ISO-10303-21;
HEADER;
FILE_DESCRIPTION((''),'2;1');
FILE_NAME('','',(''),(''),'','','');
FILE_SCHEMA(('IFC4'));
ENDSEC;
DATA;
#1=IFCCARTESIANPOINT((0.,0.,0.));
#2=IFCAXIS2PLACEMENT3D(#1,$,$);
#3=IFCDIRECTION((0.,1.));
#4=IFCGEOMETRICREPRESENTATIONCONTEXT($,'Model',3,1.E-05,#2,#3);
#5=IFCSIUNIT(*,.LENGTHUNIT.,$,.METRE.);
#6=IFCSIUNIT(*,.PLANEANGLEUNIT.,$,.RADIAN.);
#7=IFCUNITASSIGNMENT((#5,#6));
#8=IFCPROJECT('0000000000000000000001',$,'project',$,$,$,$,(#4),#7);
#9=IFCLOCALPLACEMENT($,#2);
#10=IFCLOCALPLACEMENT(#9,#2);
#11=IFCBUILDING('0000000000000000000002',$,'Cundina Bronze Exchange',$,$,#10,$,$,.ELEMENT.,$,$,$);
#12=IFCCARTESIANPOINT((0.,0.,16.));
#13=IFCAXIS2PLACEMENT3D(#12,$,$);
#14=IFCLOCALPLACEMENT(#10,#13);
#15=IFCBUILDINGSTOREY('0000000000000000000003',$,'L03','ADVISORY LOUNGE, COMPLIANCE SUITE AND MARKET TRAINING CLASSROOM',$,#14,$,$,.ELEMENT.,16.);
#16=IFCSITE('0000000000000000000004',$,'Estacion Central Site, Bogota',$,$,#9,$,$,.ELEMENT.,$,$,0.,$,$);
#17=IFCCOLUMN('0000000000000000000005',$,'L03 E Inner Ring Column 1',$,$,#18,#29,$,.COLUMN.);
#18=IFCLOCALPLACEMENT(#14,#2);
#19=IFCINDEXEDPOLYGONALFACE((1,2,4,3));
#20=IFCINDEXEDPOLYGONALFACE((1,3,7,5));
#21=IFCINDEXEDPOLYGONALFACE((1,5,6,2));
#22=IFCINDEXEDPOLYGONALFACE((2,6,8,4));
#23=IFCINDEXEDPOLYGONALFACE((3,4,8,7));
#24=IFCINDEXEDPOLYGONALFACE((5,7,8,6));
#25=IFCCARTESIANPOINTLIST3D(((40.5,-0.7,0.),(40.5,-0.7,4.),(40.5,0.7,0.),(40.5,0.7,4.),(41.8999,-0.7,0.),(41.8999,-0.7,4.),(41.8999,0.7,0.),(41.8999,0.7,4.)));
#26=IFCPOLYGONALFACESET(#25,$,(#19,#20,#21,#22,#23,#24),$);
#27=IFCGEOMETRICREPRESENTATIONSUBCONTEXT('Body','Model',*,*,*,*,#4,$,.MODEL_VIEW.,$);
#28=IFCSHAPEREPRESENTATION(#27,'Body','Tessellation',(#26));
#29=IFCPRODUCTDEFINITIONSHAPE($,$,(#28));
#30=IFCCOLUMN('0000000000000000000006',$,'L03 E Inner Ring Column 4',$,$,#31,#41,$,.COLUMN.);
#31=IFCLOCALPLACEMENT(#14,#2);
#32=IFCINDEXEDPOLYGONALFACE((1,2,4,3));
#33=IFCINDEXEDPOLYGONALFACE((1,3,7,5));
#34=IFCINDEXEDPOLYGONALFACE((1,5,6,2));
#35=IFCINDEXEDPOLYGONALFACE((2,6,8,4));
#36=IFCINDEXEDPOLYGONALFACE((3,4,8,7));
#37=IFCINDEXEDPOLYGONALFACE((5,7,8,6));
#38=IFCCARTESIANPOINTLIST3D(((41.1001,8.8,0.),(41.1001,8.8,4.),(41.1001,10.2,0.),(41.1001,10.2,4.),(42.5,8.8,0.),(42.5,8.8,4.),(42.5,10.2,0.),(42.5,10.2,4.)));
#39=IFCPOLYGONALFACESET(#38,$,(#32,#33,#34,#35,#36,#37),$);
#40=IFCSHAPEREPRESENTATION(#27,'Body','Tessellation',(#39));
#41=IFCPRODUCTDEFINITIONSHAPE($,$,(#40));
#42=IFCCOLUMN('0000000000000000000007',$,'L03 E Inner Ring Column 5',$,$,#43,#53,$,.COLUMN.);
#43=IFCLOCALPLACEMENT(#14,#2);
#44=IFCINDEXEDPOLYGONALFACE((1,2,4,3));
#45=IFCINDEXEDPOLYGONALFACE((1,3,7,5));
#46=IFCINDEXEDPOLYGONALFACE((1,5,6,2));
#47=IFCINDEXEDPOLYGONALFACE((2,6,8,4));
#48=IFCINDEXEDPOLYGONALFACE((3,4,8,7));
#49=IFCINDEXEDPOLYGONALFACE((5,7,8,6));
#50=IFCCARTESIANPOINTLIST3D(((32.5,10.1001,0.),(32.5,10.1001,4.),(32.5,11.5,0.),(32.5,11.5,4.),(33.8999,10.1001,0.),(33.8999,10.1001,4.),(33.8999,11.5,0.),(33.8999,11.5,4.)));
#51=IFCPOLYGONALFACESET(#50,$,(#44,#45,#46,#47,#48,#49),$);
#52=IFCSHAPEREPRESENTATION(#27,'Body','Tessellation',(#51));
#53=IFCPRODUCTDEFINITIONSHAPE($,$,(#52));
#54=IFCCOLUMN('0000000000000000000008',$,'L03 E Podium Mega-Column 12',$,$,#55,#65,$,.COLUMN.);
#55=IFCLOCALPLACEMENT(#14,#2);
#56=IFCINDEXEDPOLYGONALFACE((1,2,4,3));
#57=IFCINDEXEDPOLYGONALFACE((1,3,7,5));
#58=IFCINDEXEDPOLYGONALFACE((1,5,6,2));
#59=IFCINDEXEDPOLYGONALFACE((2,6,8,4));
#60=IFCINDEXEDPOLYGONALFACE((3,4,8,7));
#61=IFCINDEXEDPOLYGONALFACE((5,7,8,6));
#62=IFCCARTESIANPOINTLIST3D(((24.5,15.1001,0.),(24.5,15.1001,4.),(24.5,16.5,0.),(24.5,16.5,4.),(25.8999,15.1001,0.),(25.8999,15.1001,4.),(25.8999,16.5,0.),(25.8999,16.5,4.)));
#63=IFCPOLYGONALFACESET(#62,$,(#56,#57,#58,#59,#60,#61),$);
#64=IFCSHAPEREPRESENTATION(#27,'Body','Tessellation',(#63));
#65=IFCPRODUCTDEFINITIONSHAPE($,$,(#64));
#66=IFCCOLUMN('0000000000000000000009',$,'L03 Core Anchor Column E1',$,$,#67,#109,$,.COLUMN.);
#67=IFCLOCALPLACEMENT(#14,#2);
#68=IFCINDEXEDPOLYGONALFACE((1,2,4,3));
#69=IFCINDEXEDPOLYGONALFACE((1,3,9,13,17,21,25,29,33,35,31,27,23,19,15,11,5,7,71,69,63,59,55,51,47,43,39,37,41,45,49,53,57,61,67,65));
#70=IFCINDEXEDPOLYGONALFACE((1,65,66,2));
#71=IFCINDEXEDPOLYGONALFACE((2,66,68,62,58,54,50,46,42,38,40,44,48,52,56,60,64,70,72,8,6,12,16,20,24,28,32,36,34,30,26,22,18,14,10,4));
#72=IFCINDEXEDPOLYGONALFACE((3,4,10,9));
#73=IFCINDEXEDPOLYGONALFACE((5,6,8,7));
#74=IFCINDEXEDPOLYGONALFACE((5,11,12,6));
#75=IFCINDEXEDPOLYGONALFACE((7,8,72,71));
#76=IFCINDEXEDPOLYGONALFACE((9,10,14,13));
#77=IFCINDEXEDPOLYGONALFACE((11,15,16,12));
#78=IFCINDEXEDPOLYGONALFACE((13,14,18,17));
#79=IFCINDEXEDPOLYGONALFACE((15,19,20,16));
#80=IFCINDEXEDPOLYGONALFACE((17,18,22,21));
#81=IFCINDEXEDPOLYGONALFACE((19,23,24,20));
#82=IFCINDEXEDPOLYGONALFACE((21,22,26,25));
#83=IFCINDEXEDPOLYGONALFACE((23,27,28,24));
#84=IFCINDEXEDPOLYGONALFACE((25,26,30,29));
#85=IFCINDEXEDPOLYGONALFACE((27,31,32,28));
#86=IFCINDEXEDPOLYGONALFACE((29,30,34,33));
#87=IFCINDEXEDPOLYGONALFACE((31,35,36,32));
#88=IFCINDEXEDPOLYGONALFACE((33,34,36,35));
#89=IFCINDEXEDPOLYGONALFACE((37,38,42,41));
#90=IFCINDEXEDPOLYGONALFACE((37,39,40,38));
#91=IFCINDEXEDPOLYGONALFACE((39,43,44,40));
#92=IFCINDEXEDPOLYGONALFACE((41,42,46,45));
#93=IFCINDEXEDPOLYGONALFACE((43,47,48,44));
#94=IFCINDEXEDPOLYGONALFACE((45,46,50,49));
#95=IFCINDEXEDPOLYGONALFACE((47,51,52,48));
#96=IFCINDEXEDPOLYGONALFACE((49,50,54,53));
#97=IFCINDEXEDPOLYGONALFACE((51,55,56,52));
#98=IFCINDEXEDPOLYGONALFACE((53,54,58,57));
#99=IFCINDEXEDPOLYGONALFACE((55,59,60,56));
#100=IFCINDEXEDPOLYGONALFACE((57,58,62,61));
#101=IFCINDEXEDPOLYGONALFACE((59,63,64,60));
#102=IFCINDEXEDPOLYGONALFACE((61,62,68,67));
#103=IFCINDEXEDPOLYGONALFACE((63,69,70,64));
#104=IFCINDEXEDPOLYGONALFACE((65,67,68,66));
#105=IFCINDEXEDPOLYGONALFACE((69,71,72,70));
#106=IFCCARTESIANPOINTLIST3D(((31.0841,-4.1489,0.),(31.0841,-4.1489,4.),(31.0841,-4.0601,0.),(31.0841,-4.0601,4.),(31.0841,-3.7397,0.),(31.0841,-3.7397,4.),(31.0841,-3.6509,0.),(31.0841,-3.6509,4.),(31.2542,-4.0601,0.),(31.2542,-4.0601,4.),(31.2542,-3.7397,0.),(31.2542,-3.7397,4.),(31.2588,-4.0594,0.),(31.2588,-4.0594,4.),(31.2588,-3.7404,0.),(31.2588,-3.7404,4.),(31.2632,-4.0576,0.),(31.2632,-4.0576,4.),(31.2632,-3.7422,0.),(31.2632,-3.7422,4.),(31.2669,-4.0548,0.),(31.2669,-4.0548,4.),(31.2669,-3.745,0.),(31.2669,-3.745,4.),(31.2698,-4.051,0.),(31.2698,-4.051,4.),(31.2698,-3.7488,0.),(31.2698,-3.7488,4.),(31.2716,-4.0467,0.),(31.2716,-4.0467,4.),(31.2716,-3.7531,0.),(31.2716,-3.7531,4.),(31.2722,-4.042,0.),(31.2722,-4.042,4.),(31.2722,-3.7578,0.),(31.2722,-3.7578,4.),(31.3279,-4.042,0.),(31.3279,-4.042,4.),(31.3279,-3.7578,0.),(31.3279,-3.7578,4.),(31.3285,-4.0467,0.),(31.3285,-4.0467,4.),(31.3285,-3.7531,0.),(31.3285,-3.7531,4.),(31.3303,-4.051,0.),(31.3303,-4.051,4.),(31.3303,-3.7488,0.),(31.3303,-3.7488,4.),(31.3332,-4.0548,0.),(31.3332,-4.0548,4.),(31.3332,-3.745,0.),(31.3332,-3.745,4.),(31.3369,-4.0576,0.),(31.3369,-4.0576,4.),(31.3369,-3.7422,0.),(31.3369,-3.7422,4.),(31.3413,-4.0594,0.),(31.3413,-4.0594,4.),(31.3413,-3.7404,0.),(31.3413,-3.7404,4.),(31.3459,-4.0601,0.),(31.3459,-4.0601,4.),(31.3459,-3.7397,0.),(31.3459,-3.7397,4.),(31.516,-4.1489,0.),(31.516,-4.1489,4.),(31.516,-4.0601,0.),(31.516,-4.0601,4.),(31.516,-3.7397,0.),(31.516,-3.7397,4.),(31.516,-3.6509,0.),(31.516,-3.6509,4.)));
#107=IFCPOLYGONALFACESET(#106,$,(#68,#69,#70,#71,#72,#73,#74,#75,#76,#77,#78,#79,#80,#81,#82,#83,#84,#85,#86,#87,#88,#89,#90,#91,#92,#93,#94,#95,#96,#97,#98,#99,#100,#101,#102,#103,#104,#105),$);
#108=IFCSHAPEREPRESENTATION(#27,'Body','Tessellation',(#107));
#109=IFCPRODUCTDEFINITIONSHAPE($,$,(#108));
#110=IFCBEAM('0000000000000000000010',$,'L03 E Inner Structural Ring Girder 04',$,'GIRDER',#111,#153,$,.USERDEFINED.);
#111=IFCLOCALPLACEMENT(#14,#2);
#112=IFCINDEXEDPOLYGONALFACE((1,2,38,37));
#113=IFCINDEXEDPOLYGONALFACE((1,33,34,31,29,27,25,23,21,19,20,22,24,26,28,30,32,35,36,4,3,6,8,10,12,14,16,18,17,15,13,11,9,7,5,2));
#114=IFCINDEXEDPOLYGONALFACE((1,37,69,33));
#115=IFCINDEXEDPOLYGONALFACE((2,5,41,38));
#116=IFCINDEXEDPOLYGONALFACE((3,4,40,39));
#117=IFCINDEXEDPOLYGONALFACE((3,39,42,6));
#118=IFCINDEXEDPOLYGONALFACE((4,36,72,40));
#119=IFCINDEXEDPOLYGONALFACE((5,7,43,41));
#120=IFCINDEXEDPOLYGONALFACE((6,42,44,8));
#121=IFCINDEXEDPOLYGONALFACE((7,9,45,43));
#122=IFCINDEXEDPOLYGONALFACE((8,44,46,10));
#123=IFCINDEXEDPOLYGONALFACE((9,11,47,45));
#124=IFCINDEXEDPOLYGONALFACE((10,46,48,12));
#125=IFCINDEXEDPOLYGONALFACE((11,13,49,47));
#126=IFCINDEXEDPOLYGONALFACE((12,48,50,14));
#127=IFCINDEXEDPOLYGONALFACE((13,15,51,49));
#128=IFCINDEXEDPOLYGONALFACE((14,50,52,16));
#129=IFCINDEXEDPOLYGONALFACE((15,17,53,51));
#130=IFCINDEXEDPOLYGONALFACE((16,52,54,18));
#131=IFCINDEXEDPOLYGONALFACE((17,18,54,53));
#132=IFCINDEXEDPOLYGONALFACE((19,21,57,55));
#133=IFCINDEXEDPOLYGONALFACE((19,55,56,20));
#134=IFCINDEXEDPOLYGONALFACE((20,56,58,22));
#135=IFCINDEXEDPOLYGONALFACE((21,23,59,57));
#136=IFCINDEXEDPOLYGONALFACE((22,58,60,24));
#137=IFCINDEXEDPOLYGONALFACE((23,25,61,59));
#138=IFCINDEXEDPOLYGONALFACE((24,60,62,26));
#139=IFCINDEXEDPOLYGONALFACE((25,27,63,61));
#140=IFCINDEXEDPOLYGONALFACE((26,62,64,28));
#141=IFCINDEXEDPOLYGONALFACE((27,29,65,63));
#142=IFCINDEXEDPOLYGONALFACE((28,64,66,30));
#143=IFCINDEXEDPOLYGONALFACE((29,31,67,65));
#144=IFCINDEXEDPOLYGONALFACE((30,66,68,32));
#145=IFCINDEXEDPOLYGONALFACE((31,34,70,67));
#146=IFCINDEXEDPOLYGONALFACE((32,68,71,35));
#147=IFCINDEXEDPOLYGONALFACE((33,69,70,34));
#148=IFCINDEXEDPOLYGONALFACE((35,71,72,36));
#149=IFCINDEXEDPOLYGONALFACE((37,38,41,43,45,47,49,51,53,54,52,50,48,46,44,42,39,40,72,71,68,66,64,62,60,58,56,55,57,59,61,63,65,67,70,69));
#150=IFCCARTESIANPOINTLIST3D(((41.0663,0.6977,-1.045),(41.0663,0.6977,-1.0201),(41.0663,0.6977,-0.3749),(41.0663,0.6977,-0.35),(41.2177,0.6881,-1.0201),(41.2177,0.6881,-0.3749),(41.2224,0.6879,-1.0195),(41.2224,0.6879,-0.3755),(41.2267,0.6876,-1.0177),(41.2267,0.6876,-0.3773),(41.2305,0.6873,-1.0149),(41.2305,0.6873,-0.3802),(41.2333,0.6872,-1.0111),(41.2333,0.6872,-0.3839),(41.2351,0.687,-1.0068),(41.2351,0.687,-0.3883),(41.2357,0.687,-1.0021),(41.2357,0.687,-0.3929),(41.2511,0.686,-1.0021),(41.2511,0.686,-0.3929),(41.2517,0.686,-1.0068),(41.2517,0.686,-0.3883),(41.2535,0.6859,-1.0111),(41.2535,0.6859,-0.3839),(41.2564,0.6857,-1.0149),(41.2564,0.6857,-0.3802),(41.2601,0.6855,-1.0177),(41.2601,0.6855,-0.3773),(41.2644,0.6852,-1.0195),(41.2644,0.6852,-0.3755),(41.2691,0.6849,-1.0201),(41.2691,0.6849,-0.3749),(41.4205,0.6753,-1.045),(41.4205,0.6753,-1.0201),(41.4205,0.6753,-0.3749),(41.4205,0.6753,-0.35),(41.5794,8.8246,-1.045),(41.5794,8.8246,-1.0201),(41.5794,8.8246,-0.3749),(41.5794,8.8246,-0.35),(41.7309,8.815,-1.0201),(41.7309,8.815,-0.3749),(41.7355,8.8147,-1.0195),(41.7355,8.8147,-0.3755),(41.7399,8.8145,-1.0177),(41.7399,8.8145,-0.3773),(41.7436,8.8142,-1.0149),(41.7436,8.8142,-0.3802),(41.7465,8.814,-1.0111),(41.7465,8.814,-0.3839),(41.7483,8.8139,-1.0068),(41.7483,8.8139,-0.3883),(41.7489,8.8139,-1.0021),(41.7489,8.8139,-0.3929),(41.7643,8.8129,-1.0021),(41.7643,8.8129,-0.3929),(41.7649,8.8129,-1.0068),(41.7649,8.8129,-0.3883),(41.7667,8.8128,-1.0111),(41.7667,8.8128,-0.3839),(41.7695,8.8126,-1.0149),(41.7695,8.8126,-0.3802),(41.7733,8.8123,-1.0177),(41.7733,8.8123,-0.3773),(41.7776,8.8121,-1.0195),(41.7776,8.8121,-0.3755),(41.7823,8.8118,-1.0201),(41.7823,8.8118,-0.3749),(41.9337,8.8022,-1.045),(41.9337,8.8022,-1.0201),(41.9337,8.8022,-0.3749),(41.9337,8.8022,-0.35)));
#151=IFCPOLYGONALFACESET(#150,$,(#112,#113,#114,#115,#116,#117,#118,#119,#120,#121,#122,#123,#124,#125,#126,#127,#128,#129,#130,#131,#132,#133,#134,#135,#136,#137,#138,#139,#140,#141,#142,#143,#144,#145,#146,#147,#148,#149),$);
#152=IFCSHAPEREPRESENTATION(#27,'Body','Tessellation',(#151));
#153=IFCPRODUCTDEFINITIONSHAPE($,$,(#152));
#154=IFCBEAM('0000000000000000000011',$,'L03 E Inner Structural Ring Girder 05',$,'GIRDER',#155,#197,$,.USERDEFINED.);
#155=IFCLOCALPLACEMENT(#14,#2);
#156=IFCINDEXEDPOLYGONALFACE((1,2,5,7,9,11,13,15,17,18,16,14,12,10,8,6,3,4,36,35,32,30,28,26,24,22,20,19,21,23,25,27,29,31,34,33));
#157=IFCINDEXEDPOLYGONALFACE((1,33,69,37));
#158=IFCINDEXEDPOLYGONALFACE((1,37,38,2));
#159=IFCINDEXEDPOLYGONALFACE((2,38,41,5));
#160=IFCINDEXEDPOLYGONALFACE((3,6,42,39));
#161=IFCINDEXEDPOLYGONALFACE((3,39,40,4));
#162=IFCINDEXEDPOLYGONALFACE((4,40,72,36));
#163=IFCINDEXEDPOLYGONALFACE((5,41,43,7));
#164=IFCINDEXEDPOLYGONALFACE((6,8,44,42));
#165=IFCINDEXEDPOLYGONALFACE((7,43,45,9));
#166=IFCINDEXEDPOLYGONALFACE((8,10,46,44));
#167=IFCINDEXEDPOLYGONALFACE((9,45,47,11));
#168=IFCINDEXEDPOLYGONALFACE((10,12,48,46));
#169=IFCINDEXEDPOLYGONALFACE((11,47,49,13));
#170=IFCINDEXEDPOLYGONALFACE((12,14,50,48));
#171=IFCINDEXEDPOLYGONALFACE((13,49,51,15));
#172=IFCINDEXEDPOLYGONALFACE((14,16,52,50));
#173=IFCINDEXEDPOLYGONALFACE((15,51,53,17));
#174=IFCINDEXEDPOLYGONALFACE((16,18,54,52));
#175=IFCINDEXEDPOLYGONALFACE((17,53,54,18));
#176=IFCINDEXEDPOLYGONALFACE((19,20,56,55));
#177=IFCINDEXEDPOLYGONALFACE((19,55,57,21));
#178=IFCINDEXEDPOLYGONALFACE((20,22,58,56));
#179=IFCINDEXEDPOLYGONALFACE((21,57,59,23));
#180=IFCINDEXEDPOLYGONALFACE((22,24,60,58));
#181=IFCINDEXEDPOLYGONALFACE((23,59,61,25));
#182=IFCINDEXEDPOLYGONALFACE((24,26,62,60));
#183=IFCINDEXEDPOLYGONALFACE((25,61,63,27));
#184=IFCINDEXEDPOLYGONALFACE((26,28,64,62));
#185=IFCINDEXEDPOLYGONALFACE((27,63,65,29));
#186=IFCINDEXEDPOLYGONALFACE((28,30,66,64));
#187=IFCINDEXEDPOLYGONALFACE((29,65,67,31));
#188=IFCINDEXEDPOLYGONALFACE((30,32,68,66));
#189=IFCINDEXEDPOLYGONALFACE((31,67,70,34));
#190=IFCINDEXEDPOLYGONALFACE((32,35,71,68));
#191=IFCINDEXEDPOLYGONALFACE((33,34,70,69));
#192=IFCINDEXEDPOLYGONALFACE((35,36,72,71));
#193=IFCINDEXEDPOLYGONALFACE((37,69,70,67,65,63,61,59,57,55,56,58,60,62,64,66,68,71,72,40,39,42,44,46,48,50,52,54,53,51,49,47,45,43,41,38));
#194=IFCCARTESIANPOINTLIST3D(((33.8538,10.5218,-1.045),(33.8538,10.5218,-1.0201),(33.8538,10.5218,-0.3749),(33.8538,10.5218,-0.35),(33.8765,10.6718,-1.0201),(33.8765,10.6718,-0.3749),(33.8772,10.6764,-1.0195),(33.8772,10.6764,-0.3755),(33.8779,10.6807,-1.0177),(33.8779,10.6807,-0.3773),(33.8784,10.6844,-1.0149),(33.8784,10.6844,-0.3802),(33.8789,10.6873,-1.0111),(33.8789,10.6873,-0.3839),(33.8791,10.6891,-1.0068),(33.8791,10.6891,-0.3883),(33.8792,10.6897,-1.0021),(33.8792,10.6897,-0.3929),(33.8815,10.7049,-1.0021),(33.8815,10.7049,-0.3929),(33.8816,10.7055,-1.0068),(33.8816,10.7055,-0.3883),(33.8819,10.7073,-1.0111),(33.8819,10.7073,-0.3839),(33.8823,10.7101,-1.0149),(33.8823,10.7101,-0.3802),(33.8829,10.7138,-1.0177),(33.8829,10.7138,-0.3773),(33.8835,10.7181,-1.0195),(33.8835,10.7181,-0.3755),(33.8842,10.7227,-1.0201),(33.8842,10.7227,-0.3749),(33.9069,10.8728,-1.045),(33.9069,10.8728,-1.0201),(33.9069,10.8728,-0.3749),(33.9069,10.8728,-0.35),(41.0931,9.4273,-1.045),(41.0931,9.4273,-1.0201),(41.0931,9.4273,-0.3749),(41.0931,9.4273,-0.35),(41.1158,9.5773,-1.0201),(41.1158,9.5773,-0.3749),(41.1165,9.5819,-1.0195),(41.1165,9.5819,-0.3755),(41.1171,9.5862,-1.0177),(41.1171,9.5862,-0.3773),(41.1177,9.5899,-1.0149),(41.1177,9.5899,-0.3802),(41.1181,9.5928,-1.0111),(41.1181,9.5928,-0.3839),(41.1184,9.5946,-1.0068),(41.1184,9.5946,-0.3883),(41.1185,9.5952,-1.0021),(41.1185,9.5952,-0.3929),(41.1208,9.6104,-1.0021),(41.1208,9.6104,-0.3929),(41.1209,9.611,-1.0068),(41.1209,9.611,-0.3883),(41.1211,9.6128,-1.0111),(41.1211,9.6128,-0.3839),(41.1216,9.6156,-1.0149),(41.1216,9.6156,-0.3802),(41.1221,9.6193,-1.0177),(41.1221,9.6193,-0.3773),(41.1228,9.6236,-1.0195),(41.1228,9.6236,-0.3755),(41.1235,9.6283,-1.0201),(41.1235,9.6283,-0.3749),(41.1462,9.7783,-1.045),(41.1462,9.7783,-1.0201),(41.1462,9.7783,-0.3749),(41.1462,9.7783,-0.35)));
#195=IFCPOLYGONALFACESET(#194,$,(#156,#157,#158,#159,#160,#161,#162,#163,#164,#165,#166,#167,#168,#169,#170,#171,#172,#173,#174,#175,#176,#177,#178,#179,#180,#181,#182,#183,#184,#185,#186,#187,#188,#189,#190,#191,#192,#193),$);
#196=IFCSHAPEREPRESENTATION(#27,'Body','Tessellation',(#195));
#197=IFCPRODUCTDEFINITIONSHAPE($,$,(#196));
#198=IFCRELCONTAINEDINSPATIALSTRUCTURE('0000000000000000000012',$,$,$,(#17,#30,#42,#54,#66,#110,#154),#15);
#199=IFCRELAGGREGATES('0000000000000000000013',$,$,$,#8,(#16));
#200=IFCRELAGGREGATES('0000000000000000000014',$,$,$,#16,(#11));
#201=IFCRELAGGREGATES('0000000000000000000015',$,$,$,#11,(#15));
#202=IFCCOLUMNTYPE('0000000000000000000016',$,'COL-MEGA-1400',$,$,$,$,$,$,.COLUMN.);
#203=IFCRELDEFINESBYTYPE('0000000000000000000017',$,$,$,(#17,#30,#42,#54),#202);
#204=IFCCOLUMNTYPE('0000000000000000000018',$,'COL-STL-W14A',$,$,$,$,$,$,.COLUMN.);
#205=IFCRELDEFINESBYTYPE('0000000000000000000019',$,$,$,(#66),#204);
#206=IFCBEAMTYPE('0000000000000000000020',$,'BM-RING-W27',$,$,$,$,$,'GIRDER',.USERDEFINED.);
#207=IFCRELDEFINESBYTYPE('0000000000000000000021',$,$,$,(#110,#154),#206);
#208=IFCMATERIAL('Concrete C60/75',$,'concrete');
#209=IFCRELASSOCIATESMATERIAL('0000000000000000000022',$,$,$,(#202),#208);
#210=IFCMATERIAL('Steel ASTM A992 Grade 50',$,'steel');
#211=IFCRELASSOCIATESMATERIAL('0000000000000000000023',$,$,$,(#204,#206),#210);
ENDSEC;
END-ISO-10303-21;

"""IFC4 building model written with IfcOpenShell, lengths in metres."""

from ifc_helpers import new_model, si_unit, direction, frame, origin, origin_2d, place, context, subcontext, project, spatial, rectangle, i_section, extrude, material, material_profile, profile_set, type_object, element, save


model = new_model("IFC4")

# Units and contexts
model_context = context("Model", 3, precision=1e-05, world=origin(), true_north=direction((0.0, 1.0)))
body_context = subcontext(model_context, "Body", "Model", "MODEL_VIEW")
ifc_project = project(units=[si_unit("LENGTHUNIT", "METRE"), si_unit("PLANEANGLEUNIT", "RADIAN")], contexts=[model_context])

# Site, building, storey
site_placement = place(None, origin())
site = spatial("IfcSite", under=ifc_project, at=site_placement, Name="Estacion Central Site, Bogota", CompositionType="ELEMENT", RefElevation=0.0)
building_placement = place(site_placement, origin())
building = spatial("IfcBuilding", under=site, at=building_placement, Name="Cundina Bronze Exchange", CompositionType="ELEMENT")
storey_placement = place(building_placement, frame((0.0, 0.0, 16.0)))
storey = spatial("IfcBuildingStorey", under=building, at=storey_placement, Name="L03", Description="ADVISORY LOUNGE, COMPLIANCE SUITE AND MARKET TRAINING CLASSROOM", CompositionType="ELEMENT", Elevation=16.0)

# Columns
ifc_material_1 = material(Name="Concrete C60/75", Category="concrete")
ifc_material_profile_1 = material_profile(ifc_material_1, rectangle(XDim=1.3999, YDim=1.3999, at=origin_2d()), Name="RC1400X1400", Category="concrete")
ifc_profile_set_1 = profile_set([ifc_material_profile_1], Name="Concrete C60/75")
column_type_1 = type_object("IfcColumnType", Name="COL-MEGA-1400", PredefinedType="COLUMN", material=ifc_profile_set_1)
for number, where, z_axis, x_axis, name in (
    (1, (41.2, 0.0, 0.0), (0.0, 0.0, 1.0), (1.0, 0.0, 0.0), "L03 E Inner Ring Column 1"),
    (2, (41.8, 9.5, 0.0), (0.0, 0.0, 1.0), (1.0, 0.0, 0.0), "L03 E Inner Ring Column 4"),
    (3, (33.2, 10.8, 0.0), (0.0, 0.0, 1.0), (1.0, 0.0, 0.0), "L03 E Inner Ring Column 5"),
    (4, (25.2, 15.8, 0.0), (0.0, 0.0, 1.0), (1.0, 0.0, 0.0), "L03 E Podium Mega-Column 12"),
):
    element("IfcColumn", number, at=place(storey_placement, frame(where, z_axis=z_axis, x_axis=x_axis)), inside=storey, type_object=column_type_1, Name=name, PredefinedType="COLUMN", context=body_context, shape_type="SweptSolid", body=[
        extrude(rectangle(XDim=1.3999, YDim=1.3999, at=origin_2d()), origin(), (0.0, 0.0, 1.0), 4.0),
    ])
ifc_material_2 = material(Name="Steel ASTM A992 Grade 50", Category="steel")
ifc_material_profile_2 = material_profile(ifc_material_2, i_section(OverallWidth=0.4319, OverallDepth=0.498, WebThickness=0.0557, FlangeThickness=0.0889, FilletRadius=0.0181, at=origin_2d()), Name="W14X500", Category="steel")
ifc_profile_set_2 = profile_set([ifc_material_profile_2], Name="Steel ASTM A992 Grade 50")
column_type_2 = type_object("IfcColumnType", Name="COL-STL-W14A", PredefinedType="COLUMN", material=ifc_profile_set_2)
column_placement = place(storey_placement, frame((31.3, -3.8999, 0.0), z_axis=(0.0, 0.0, 1.0), x_axis=(1.0, 0.0, 0.0)))
element("IfcColumn", 5, at=column_placement, inside=storey, type_object=column_type_2, Name="L03 Core Anchor Column E1", PredefinedType="COLUMN", context=body_context, shape_type="SweptSolid", body=[
    extrude(i_section(OverallWidth=0.4319, OverallDepth=0.498, WebThickness=0.0557, FlangeThickness=0.0889, FilletRadius=0.0181, at=origin_2d()), origin(), (0.0, 0.0, 1.0), 4.0),
])

# Beams
ifc_material_profile_3 = material_profile(ifc_material_2, i_section(OverallWidth=0.355, OverallDepth=0.6951, WebThickness=0.0154, FlangeThickness=0.0249, FilletRadius=0.0181, at=origin_2d()), Name="W27X146", Category="steel")
ifc_profile_set_3 = profile_set([ifc_material_profile_3], Name="Steel ASTM A992 Grade 50")
beam_type_1 = type_object("IfcBeamType", Name="BM-RING-W27", ElementType="GIRDER", PredefinedType="USERDEFINED", material=ifc_profile_set_3)
beam_1_placement = place(storey_placement, frame((41.2434, 0.6865, -0.6975), z_axis=(0.06302, 0.998012, 0.0), x_axis=(-0.998012, 0.06302, 0.0)))
element("IfcBeam", 6, at=beam_1_placement, inside=storey, type_object=beam_type_1, Name="L03 E Inner Structural Ring Girder 04", ObjectType="GIRDER", PredefinedType="USERDEFINED", context=body_context, shape_type="SweptSolid", body=[
    extrude(i_section(OverallWidth=0.355, OverallDepth=0.6951, WebThickness=0.0154, FlangeThickness=0.0249, FilletRadius=0.0181, at=origin_2d()), origin(), (0.0, 0.0, 1.0), 8.1431),
])
beam_2_placement = place(storey_placement, frame((41.1196, 9.6028, -0.6975), z_axis=(-0.988763, 0.149488, 0.0), x_axis=(-0.149488, -0.988763, 0.0)))
element("IfcBeam", 7, at=beam_2_placement, inside=storey, type_object=beam_type_1, Name="L03 E Inner Structural Ring Girder 05", ObjectType="GIRDER", PredefinedType="USERDEFINED", context=body_context, shape_type="SweptSolid", body=[
    extrude(i_section(OverallWidth=0.355, OverallDepth=0.6951, WebThickness=0.0154, FlangeThickness=0.0249, FilletRadius=0.0181, at=origin_2d()), origin(), (0.0, 0.0, 1.0), 7.3215),
])

save(model, "model.ifc")
